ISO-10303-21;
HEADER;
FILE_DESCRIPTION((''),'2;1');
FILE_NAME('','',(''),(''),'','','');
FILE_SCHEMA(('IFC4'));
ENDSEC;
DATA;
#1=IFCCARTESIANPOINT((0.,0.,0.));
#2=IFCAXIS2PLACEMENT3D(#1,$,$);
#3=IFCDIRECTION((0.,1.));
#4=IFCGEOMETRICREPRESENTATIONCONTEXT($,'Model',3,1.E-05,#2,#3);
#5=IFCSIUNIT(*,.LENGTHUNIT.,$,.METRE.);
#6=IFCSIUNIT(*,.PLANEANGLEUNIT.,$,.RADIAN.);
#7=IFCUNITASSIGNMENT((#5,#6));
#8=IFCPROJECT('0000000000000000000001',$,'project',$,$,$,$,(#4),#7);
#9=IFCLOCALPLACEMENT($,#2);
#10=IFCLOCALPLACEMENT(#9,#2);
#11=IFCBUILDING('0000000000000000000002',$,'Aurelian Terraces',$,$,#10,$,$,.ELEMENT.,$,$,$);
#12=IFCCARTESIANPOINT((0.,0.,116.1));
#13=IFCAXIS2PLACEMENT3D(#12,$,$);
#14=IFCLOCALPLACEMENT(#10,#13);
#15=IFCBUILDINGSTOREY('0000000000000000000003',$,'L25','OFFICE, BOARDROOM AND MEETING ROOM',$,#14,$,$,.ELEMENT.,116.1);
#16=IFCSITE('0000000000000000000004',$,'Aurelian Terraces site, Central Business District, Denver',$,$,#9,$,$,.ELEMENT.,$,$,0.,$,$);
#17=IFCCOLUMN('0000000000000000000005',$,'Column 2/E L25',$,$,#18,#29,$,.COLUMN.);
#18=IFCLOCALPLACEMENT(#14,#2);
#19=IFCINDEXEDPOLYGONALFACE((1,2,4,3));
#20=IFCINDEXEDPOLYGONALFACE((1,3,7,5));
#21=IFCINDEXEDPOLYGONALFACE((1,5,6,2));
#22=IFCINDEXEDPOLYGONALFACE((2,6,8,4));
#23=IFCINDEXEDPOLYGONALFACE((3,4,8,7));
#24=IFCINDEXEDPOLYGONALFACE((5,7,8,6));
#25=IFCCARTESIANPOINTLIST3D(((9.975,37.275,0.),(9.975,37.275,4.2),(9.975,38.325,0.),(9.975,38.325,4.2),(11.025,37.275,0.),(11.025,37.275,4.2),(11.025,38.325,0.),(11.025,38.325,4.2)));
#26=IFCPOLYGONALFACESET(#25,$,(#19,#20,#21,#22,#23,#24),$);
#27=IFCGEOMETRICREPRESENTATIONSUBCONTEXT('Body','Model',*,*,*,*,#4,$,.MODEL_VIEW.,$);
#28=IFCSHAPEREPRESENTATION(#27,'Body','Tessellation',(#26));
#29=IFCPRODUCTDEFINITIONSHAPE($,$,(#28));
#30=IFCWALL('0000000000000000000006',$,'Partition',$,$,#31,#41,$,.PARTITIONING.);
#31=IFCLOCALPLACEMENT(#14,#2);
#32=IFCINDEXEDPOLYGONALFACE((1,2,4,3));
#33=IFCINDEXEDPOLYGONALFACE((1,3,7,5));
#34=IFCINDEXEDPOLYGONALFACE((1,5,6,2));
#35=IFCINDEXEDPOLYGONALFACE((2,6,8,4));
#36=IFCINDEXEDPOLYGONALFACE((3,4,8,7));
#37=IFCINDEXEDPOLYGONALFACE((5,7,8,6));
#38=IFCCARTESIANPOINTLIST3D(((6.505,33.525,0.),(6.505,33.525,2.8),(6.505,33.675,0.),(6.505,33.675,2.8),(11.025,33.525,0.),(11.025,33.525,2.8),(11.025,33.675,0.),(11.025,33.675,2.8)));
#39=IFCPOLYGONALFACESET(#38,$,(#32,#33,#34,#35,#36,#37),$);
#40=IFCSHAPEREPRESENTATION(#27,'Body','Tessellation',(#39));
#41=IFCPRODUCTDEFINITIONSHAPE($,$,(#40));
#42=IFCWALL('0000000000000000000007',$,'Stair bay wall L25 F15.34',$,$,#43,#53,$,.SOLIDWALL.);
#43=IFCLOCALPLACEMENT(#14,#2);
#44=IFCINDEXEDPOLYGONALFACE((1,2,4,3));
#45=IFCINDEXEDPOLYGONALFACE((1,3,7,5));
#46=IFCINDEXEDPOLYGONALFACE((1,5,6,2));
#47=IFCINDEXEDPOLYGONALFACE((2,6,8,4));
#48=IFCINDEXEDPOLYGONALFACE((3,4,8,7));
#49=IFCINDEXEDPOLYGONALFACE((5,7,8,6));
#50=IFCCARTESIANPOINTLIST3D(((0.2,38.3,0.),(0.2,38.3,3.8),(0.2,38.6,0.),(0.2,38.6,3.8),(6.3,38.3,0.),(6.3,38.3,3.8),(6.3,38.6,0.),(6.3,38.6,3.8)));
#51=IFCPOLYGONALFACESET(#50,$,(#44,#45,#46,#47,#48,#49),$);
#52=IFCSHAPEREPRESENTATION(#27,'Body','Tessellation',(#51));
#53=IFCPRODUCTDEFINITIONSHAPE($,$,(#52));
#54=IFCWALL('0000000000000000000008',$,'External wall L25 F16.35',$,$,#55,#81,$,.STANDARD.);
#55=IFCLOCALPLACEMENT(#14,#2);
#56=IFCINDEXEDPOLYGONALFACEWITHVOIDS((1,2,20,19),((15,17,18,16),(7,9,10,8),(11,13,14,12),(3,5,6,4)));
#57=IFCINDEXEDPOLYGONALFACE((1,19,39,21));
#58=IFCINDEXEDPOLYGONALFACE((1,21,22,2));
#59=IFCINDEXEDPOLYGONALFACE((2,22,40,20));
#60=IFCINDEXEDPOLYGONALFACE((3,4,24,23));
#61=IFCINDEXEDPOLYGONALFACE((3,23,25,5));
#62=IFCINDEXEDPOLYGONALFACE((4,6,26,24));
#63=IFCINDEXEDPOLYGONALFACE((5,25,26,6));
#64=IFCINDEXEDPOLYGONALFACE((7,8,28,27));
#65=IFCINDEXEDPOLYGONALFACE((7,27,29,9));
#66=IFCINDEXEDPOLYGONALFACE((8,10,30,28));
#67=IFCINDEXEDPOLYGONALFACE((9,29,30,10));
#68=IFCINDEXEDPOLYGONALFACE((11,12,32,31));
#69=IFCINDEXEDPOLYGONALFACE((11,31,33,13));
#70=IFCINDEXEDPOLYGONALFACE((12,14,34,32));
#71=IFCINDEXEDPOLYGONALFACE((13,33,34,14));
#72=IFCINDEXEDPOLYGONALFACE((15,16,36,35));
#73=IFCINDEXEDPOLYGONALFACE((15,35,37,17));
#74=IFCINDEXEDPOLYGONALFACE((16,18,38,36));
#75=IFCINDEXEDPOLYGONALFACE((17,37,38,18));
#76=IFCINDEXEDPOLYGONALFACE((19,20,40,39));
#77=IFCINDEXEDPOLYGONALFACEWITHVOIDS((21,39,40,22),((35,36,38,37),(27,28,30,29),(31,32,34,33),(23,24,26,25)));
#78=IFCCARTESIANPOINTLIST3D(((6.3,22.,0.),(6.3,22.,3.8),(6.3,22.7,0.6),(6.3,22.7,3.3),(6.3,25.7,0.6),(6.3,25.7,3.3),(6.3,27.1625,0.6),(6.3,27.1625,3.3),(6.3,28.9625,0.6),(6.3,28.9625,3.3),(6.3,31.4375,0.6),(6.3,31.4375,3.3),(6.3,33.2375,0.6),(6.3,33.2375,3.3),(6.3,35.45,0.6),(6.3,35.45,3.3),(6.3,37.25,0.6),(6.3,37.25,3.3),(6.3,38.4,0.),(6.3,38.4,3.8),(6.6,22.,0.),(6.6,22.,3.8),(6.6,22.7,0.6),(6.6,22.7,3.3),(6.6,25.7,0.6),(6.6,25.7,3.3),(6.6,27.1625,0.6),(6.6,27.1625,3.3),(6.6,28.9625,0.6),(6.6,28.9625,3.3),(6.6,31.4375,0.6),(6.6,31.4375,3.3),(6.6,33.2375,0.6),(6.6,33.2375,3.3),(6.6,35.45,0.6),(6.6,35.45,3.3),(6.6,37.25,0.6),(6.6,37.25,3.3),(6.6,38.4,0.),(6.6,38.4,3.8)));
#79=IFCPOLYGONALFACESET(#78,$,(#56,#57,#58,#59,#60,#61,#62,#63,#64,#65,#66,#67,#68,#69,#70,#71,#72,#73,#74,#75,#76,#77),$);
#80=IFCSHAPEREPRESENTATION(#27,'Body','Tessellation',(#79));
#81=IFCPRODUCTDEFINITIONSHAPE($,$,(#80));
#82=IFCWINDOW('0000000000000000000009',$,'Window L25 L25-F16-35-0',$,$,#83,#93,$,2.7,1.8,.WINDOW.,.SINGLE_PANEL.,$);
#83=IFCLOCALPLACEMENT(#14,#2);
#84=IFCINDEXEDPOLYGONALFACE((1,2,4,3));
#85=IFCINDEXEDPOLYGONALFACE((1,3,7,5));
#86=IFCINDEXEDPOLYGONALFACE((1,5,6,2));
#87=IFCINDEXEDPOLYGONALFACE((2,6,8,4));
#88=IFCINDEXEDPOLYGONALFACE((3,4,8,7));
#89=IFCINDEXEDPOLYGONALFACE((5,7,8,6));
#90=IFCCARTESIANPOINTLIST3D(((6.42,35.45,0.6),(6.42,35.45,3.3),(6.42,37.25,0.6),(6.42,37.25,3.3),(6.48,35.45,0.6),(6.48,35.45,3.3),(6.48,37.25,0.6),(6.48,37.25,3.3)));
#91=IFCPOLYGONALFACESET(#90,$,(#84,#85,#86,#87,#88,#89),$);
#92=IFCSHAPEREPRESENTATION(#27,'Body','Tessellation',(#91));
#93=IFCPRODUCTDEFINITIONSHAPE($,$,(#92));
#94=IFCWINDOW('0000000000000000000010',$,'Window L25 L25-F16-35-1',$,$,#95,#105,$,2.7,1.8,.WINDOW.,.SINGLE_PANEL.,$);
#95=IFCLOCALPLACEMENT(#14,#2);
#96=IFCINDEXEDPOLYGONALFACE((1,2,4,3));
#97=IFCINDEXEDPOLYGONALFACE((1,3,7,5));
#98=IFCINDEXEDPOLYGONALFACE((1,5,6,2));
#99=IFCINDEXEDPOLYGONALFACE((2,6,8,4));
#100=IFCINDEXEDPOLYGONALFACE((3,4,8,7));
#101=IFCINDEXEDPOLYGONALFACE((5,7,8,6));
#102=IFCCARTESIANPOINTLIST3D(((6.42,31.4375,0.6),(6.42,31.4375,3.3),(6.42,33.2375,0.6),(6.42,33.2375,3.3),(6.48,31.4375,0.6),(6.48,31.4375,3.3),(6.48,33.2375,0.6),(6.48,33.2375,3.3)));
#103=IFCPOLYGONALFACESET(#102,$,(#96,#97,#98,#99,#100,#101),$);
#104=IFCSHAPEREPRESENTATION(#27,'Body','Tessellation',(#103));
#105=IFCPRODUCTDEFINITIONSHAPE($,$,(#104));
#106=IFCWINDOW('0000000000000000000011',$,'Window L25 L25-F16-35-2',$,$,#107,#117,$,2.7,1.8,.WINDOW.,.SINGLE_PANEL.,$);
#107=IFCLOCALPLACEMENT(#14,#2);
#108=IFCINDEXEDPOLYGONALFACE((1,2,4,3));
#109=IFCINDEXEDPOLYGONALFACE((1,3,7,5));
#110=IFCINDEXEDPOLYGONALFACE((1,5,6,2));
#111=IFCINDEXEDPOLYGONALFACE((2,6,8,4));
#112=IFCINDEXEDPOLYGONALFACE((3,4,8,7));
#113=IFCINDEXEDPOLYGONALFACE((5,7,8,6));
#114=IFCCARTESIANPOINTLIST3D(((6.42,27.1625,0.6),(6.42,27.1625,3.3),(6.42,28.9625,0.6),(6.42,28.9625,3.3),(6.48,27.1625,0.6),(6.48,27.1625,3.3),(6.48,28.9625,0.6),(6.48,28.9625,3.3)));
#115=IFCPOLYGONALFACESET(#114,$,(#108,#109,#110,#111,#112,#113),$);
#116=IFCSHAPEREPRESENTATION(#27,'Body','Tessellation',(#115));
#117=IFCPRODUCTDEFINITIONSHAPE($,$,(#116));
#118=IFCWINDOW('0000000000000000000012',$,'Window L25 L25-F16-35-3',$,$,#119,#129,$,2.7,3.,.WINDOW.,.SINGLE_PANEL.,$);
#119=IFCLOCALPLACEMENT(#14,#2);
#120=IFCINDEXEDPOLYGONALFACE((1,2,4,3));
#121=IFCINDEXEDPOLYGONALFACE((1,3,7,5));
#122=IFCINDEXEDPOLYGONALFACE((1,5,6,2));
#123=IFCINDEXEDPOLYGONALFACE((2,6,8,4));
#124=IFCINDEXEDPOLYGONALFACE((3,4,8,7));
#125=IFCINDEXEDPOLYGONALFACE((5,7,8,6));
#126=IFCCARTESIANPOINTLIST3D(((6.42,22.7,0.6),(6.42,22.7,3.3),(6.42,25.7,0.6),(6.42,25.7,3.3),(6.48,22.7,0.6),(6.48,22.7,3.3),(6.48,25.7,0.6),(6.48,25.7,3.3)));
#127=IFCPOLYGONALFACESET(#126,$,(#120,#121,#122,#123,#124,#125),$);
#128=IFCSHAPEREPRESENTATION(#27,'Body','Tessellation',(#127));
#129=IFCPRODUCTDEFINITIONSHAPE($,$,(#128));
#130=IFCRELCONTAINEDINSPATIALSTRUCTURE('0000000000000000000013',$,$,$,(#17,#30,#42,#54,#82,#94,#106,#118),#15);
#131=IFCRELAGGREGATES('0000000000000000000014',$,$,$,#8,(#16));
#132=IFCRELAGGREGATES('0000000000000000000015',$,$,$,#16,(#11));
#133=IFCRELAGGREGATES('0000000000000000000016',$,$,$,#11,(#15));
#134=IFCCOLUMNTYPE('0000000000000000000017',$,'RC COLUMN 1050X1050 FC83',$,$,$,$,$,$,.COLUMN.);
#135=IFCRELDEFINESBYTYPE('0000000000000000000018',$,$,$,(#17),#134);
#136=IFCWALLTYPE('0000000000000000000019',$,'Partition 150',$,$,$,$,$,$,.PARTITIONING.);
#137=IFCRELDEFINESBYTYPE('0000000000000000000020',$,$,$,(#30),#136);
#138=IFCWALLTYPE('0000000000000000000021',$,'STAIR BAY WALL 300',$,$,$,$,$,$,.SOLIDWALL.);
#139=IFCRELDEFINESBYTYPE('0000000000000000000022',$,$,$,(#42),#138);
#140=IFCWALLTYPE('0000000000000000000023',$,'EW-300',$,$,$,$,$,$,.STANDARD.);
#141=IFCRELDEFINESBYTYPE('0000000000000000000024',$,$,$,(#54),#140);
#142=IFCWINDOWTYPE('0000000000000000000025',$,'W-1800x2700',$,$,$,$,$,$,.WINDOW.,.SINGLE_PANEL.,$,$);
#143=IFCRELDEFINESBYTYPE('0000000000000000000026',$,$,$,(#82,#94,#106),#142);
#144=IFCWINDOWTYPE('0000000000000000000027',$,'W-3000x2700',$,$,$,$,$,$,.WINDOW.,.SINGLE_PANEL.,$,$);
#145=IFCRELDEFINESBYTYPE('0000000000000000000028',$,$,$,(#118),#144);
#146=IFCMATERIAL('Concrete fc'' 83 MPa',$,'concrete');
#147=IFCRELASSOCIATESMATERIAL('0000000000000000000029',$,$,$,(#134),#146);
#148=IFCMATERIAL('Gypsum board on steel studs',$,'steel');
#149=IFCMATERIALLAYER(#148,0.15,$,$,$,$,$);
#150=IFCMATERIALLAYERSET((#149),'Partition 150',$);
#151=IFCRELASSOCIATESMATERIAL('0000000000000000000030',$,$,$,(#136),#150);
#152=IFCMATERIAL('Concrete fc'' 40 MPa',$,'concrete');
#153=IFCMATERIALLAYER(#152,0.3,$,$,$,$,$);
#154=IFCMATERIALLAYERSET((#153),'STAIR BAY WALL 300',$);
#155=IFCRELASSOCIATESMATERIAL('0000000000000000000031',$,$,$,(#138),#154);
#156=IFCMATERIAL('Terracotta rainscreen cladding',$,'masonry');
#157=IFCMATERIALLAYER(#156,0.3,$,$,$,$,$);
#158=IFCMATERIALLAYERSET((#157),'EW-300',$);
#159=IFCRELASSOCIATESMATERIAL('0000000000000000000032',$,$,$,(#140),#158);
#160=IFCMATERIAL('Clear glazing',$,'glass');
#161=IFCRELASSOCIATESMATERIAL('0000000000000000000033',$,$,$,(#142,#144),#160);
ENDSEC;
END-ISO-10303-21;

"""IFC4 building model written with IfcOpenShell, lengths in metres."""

from ifc_helpers import new_model, si_unit, direction, frame, frame_2d, origin, origin_2d, place, context, subcontext, project, spatial, rectangle, extrude, source, transform, mapped, material, layer, layer_set, material_profile, profile_set, type_object, element, fill, save


model = new_model("IFC4")

# Units and contexts
model_context = context("Model", 3, precision=1e-05, world=origin(), true_north=direction((0.0, 1.0)))
body_context = subcontext(model_context, "Body", "Model", "MODEL_VIEW")
ifc_project = project(units=[si_unit("LENGTHUNIT", "METRE"), si_unit("PLANEANGLEUNIT", "RADIAN")], contexts=[model_context])

# Site, building, storey
site_placement = place(None, origin())
site = spatial("IfcSite", under=ifc_project, at=site_placement, Name="Aurelian Terraces site, Central Business District, Denver", CompositionType="ELEMENT", RefElevation=0.0)
building_placement = place(site_placement, origin())
building = spatial("IfcBuilding", under=site, at=building_placement, Name="Aurelian Terraces", CompositionType="ELEMENT")
storey_placement = place(building_placement, frame((0.0, 0.0, 116.1)))
storey = spatial("IfcBuildingStorey", under=building, at=storey_placement, Name="L25", Description="OFFICE, BOARDROOM AND MEETING ROOM", CompositionType="ELEMENT", Elevation=116.1)

# Column
ifc_material_1 = material(Name="Concrete fc' 83 MPa", Category="concrete")
ifc_material_profile = material_profile(ifc_material_1, rectangle(XDim=1.05, YDim=1.05, at=origin_2d()))
ifc_profile_set = profile_set([ifc_material_profile], Name="Concrete fc' 83 MPa")
column_type = type_object("IfcColumnType", Name="RC COLUMN 1050X1050 FC83", PredefinedType="COLUMN", material=ifc_profile_set)
shared_shape_1 = source(origin(), body_context, "Body", "SweptSolid", [
    extrude(rectangle(XDim=1.05, YDim=1.05, at=origin_2d()), origin(), (0.0, 0.0, 1.0), 4.2),
])
column_placement = place(storey_placement, frame((10.5, 37.8, 0.0), z_axis=(0.0, 0.0, 1.0), x_axis=(1.0, 0.0, 0.0)))
element("IfcColumn", 1, at=column_placement, inside=storey, type_object=column_type, Name="Column 2/E L25", PredefinedType="COLUMN", context=body_context, shape_type="MappedRepresentation", body=[
    mapped(shared_shape_1, transform((0.0, 0.0, 0.0), scale=1.0)),
])

# Walls
ifc_material_2 = material(Name="Gypsum board on steel studs", Category="steel")
ifc_layer_1 = layer(ifc_material_2, 0.15)
ifc_layer_set_1 = layer_set([ifc_layer_1], Name="Partition 150")
wall_type_1 = type_object("IfcWallType", Name="Partition 150", PredefinedType="PARTITIONING", material=ifc_layer_set_1)
wall_1_placement = place(storey_placement, frame((11.025, 33.6, 0.0), z_axis=(0.0, 0.0, 1.0), x_axis=(-1.0, 0.0, 0.0)))
element("IfcWall", 2, at=wall_1_placement, inside=storey, type_object=wall_type_1, Name="Partition", PredefinedType="PARTITIONING", context=body_context, shape_type="SweptSolid", body=[
    extrude(rectangle(XDim=4.52, YDim=0.15, at=frame_2d((2.26, 0.0))), origin(), (0.0, 0.0, 1.0), 2.8),
])
ifc_material_3 = material(Name="Concrete fc' 40 MPa", Category="concrete")
ifc_layer_2 = layer(ifc_material_3, 0.3)
ifc_layer_set_2 = layer_set([ifc_layer_2], Name="STAIR BAY WALL 300")
wall_type_2 = type_object("IfcWallType", Name="STAIR BAY WALL 300", PredefinedType="SOLIDWALL", material=ifc_layer_set_2)
shared_shape_2 = source(origin(), body_context, "Body", "SweptSolid", [
    extrude(rectangle(XDim=6.1, YDim=0.3, at=frame_2d((3.05, 0.0))), origin(), (0.0, 0.0, 1.0), 3.8),
])
wall_2_placement = place(storey_placement, frame((0.2, 38.45, 0.0), z_axis=(0.0, 0.0, 1.0), x_axis=(1.0, 0.0, 0.0)))
element("IfcWall", 3, at=wall_2_placement, inside=storey, type_object=wall_type_2, Name="Stair bay wall L25 F15.34", PredefinedType="SOLIDWALL", context=body_context, shape_type="MappedRepresentation", body=[
    mapped(shared_shape_2, transform((0.0, 0.0, 0.0), scale=1.0)),
])

# Wall, openings, windows
ifc_material_4 = material(Name="Terracotta rainscreen cladding", Category="masonry")
ifc_layer_3 = layer(ifc_material_4, 0.3)
ifc_layer_set_3 = layer_set([ifc_layer_3], Name="EW-300")
wall_type_3 = type_object("IfcWallType", Name="EW-300", PredefinedType="STANDARD", material=ifc_layer_set_3)
shared_shape_3 = source(origin(), body_context, "Body", "SweptSolid", [
    extrude(rectangle(XDim=16.4, YDim=0.3, at=frame_2d((8.2, 0.0))), origin(), (0.0, 0.0, 1.0), 3.8),
])
wall_3_placement = place(storey_placement, frame((6.45, 38.4, 0.0), z_axis=(0.0, 0.0, 1.0), x_axis=(0.0, -1.0, 0.0)))
wall_3 = element("IfcWall", 4, at=wall_3_placement, inside=storey, type_object=wall_type_3, Name="External wall L25 F16.35", PredefinedType="STANDARD", context=body_context, shape_type="MappedRepresentation", body=[
    mapped(shared_shape_3, transform((0.0, 0.0, 0.0), scale=1.0)),
])
shared_shape_4 = source(origin(), body_context, "Body", "SweptSolid", [
    extrude(rectangle(XDim=1.8, YDim=2.7, at=frame_2d((0.9, 1.35))), frame((0.0, 0.16, 0.0), z_axis=(0.0, -1.0, 0.0), x_axis=(1.0, 0.0, 0.0)), (0.0, 0.0, 1.0), 0.32),
])
opening_1_placement = place(wall_3_placement, frame((1.15, 0.0, 0.6)))
opening_1 = element("IfcOpeningElement", 5, at=opening_1_placement, cuts=wall_3, PredefinedType="OPENING", context=body_context, shape_type="MappedRepresentation", body=[
    mapped(shared_shape_4, transform((0.0, 0.0, 0.0), scale=1.0)),
])
opening_2_placement = place(wall_3_placement, frame((5.1625, 0.0, 0.6)))
opening_2 = element("IfcOpeningElement", 6, at=opening_2_placement, cuts=wall_3, PredefinedType="OPENING", context=body_context, shape_type="MappedRepresentation", body=[
    mapped(shared_shape_4, transform((0.0, 0.0, 0.0), scale=1.0)),
])
opening_3_placement = place(wall_3_placement, frame((9.4375, 0.0, 0.6)))
opening_3 = element("IfcOpeningElement", 7, at=opening_3_placement, cuts=wall_3, PredefinedType="OPENING", context=body_context, shape_type="MappedRepresentation", body=[
    mapped(shared_shape_4, transform((0.0, 0.0, 0.0), scale=1.0)),
])
shared_shape_5 = source(origin(), body_context, "Body", "SweptSolid", [
    extrude(rectangle(XDim=3.0, YDim=2.7, at=frame_2d((1.5, 1.35))), frame((0.0, 0.16, 0.0), z_axis=(0.0, -1.0, 0.0), x_axis=(1.0, 0.0, 0.0)), (0.0, 0.0, 1.0), 0.32),
])
opening_4_placement = place(wall_3_placement, frame((12.7, 0.0, 0.6)))
opening_4 = element("IfcOpeningElement", 8, at=opening_4_placement, cuts=wall_3, PredefinedType="OPENING", context=body_context, shape_type="MappedRepresentation", body=[
    mapped(shared_shape_5, transform((0.0, 0.0, 0.0), scale=1.0)),
])
ifc_material_5 = material(Name="Clear glazing", Category="glass")
window_type_1 = type_object("IfcWindowType", Name="W-1800x2700", PartitioningType="SINGLE_PANEL", PredefinedType="WINDOW", material=ifc_material_5)
shared_shape_6 = source(origin(), body_context, "Body", "SweptSolid", [
    extrude(rectangle(XDim=1.8, YDim=2.7, at=frame_2d((0.9, 1.35))), frame((0.0, 0.03, 0.0), z_axis=(0.0, -1.0, 0.0), x_axis=(1.0, 0.0, 0.0)), (0.0, 0.0, 1.0), 0.06),
])
window_1_placement = place(opening_1_placement, origin())
window_1 = element("IfcWindow", 9, at=window_1_placement, inside=storey, type_object=window_type_1, Name="Window L25 L25-F16-35-0", OverallHeight=2.7, OverallWidth=1.8, PartitioningType="SINGLE_PANEL", PredefinedType="WINDOW", context=body_context, shape_type="MappedRepresentation", body=[
    mapped(shared_shape_6, transform((0.0, 0.0, 0.0), scale=1.0)),
])
fill(opening_1, window_1)
window_2_placement = place(opening_2_placement, origin())
window_2 = element("IfcWindow", 10, at=window_2_placement, inside=storey, type_object=window_type_1, Name="Window L25 L25-F16-35-1", OverallHeight=2.7, OverallWidth=1.8, PartitioningType="SINGLE_PANEL", PredefinedType="WINDOW", context=body_context, shape_type="MappedRepresentation", body=[
    mapped(shared_shape_6, transform((0.0, 0.0, 0.0), scale=1.0)),
])
fill(opening_2, window_2)
window_3_placement = place(opening_3_placement, origin())
window_3 = element("IfcWindow", 11, at=window_3_placement, inside=storey, type_object=window_type_1, Name="Window L25 L25-F16-35-2", OverallHeight=2.7, OverallWidth=1.8, PartitioningType="SINGLE_PANEL", PredefinedType="WINDOW", context=body_context, shape_type="MappedRepresentation", body=[
    mapped(shared_shape_6, transform((0.0, 0.0, 0.0), scale=1.0)),
])
fill(opening_3, window_3)
window_type_2 = type_object("IfcWindowType", Name="W-3000x2700", PartitioningType="SINGLE_PANEL", PredefinedType="WINDOW", material=ifc_material_5)
shared_shape_7 = source(origin(), body_context, "Body", "SweptSolid", [
    extrude(rectangle(XDim=3.0, YDim=2.7, at=frame_2d((1.5, 1.35))), frame((0.0, 0.03, 0.0), z_axis=(0.0, -1.0, 0.0), x_axis=(1.0, 0.0, 0.0)), (0.0, 0.0, 1.0), 0.06),
])
window_4_placement = place(opening_4_placement, origin())
window_4 = element("IfcWindow", 12, at=window_4_placement, inside=storey, type_object=window_type_2, Name="Window L25 L25-F16-35-3", OverallHeight=2.7, OverallWidth=3.0, PartitioningType="SINGLE_PANEL", PredefinedType="WINDOW", context=body_context, shape_type="MappedRepresentation", body=[
    mapped(shared_shape_7, transform((0.0, 0.0, 0.0), scale=1.0)),
])
fill(opening_4, window_4)

save(model, "model.ifc")
